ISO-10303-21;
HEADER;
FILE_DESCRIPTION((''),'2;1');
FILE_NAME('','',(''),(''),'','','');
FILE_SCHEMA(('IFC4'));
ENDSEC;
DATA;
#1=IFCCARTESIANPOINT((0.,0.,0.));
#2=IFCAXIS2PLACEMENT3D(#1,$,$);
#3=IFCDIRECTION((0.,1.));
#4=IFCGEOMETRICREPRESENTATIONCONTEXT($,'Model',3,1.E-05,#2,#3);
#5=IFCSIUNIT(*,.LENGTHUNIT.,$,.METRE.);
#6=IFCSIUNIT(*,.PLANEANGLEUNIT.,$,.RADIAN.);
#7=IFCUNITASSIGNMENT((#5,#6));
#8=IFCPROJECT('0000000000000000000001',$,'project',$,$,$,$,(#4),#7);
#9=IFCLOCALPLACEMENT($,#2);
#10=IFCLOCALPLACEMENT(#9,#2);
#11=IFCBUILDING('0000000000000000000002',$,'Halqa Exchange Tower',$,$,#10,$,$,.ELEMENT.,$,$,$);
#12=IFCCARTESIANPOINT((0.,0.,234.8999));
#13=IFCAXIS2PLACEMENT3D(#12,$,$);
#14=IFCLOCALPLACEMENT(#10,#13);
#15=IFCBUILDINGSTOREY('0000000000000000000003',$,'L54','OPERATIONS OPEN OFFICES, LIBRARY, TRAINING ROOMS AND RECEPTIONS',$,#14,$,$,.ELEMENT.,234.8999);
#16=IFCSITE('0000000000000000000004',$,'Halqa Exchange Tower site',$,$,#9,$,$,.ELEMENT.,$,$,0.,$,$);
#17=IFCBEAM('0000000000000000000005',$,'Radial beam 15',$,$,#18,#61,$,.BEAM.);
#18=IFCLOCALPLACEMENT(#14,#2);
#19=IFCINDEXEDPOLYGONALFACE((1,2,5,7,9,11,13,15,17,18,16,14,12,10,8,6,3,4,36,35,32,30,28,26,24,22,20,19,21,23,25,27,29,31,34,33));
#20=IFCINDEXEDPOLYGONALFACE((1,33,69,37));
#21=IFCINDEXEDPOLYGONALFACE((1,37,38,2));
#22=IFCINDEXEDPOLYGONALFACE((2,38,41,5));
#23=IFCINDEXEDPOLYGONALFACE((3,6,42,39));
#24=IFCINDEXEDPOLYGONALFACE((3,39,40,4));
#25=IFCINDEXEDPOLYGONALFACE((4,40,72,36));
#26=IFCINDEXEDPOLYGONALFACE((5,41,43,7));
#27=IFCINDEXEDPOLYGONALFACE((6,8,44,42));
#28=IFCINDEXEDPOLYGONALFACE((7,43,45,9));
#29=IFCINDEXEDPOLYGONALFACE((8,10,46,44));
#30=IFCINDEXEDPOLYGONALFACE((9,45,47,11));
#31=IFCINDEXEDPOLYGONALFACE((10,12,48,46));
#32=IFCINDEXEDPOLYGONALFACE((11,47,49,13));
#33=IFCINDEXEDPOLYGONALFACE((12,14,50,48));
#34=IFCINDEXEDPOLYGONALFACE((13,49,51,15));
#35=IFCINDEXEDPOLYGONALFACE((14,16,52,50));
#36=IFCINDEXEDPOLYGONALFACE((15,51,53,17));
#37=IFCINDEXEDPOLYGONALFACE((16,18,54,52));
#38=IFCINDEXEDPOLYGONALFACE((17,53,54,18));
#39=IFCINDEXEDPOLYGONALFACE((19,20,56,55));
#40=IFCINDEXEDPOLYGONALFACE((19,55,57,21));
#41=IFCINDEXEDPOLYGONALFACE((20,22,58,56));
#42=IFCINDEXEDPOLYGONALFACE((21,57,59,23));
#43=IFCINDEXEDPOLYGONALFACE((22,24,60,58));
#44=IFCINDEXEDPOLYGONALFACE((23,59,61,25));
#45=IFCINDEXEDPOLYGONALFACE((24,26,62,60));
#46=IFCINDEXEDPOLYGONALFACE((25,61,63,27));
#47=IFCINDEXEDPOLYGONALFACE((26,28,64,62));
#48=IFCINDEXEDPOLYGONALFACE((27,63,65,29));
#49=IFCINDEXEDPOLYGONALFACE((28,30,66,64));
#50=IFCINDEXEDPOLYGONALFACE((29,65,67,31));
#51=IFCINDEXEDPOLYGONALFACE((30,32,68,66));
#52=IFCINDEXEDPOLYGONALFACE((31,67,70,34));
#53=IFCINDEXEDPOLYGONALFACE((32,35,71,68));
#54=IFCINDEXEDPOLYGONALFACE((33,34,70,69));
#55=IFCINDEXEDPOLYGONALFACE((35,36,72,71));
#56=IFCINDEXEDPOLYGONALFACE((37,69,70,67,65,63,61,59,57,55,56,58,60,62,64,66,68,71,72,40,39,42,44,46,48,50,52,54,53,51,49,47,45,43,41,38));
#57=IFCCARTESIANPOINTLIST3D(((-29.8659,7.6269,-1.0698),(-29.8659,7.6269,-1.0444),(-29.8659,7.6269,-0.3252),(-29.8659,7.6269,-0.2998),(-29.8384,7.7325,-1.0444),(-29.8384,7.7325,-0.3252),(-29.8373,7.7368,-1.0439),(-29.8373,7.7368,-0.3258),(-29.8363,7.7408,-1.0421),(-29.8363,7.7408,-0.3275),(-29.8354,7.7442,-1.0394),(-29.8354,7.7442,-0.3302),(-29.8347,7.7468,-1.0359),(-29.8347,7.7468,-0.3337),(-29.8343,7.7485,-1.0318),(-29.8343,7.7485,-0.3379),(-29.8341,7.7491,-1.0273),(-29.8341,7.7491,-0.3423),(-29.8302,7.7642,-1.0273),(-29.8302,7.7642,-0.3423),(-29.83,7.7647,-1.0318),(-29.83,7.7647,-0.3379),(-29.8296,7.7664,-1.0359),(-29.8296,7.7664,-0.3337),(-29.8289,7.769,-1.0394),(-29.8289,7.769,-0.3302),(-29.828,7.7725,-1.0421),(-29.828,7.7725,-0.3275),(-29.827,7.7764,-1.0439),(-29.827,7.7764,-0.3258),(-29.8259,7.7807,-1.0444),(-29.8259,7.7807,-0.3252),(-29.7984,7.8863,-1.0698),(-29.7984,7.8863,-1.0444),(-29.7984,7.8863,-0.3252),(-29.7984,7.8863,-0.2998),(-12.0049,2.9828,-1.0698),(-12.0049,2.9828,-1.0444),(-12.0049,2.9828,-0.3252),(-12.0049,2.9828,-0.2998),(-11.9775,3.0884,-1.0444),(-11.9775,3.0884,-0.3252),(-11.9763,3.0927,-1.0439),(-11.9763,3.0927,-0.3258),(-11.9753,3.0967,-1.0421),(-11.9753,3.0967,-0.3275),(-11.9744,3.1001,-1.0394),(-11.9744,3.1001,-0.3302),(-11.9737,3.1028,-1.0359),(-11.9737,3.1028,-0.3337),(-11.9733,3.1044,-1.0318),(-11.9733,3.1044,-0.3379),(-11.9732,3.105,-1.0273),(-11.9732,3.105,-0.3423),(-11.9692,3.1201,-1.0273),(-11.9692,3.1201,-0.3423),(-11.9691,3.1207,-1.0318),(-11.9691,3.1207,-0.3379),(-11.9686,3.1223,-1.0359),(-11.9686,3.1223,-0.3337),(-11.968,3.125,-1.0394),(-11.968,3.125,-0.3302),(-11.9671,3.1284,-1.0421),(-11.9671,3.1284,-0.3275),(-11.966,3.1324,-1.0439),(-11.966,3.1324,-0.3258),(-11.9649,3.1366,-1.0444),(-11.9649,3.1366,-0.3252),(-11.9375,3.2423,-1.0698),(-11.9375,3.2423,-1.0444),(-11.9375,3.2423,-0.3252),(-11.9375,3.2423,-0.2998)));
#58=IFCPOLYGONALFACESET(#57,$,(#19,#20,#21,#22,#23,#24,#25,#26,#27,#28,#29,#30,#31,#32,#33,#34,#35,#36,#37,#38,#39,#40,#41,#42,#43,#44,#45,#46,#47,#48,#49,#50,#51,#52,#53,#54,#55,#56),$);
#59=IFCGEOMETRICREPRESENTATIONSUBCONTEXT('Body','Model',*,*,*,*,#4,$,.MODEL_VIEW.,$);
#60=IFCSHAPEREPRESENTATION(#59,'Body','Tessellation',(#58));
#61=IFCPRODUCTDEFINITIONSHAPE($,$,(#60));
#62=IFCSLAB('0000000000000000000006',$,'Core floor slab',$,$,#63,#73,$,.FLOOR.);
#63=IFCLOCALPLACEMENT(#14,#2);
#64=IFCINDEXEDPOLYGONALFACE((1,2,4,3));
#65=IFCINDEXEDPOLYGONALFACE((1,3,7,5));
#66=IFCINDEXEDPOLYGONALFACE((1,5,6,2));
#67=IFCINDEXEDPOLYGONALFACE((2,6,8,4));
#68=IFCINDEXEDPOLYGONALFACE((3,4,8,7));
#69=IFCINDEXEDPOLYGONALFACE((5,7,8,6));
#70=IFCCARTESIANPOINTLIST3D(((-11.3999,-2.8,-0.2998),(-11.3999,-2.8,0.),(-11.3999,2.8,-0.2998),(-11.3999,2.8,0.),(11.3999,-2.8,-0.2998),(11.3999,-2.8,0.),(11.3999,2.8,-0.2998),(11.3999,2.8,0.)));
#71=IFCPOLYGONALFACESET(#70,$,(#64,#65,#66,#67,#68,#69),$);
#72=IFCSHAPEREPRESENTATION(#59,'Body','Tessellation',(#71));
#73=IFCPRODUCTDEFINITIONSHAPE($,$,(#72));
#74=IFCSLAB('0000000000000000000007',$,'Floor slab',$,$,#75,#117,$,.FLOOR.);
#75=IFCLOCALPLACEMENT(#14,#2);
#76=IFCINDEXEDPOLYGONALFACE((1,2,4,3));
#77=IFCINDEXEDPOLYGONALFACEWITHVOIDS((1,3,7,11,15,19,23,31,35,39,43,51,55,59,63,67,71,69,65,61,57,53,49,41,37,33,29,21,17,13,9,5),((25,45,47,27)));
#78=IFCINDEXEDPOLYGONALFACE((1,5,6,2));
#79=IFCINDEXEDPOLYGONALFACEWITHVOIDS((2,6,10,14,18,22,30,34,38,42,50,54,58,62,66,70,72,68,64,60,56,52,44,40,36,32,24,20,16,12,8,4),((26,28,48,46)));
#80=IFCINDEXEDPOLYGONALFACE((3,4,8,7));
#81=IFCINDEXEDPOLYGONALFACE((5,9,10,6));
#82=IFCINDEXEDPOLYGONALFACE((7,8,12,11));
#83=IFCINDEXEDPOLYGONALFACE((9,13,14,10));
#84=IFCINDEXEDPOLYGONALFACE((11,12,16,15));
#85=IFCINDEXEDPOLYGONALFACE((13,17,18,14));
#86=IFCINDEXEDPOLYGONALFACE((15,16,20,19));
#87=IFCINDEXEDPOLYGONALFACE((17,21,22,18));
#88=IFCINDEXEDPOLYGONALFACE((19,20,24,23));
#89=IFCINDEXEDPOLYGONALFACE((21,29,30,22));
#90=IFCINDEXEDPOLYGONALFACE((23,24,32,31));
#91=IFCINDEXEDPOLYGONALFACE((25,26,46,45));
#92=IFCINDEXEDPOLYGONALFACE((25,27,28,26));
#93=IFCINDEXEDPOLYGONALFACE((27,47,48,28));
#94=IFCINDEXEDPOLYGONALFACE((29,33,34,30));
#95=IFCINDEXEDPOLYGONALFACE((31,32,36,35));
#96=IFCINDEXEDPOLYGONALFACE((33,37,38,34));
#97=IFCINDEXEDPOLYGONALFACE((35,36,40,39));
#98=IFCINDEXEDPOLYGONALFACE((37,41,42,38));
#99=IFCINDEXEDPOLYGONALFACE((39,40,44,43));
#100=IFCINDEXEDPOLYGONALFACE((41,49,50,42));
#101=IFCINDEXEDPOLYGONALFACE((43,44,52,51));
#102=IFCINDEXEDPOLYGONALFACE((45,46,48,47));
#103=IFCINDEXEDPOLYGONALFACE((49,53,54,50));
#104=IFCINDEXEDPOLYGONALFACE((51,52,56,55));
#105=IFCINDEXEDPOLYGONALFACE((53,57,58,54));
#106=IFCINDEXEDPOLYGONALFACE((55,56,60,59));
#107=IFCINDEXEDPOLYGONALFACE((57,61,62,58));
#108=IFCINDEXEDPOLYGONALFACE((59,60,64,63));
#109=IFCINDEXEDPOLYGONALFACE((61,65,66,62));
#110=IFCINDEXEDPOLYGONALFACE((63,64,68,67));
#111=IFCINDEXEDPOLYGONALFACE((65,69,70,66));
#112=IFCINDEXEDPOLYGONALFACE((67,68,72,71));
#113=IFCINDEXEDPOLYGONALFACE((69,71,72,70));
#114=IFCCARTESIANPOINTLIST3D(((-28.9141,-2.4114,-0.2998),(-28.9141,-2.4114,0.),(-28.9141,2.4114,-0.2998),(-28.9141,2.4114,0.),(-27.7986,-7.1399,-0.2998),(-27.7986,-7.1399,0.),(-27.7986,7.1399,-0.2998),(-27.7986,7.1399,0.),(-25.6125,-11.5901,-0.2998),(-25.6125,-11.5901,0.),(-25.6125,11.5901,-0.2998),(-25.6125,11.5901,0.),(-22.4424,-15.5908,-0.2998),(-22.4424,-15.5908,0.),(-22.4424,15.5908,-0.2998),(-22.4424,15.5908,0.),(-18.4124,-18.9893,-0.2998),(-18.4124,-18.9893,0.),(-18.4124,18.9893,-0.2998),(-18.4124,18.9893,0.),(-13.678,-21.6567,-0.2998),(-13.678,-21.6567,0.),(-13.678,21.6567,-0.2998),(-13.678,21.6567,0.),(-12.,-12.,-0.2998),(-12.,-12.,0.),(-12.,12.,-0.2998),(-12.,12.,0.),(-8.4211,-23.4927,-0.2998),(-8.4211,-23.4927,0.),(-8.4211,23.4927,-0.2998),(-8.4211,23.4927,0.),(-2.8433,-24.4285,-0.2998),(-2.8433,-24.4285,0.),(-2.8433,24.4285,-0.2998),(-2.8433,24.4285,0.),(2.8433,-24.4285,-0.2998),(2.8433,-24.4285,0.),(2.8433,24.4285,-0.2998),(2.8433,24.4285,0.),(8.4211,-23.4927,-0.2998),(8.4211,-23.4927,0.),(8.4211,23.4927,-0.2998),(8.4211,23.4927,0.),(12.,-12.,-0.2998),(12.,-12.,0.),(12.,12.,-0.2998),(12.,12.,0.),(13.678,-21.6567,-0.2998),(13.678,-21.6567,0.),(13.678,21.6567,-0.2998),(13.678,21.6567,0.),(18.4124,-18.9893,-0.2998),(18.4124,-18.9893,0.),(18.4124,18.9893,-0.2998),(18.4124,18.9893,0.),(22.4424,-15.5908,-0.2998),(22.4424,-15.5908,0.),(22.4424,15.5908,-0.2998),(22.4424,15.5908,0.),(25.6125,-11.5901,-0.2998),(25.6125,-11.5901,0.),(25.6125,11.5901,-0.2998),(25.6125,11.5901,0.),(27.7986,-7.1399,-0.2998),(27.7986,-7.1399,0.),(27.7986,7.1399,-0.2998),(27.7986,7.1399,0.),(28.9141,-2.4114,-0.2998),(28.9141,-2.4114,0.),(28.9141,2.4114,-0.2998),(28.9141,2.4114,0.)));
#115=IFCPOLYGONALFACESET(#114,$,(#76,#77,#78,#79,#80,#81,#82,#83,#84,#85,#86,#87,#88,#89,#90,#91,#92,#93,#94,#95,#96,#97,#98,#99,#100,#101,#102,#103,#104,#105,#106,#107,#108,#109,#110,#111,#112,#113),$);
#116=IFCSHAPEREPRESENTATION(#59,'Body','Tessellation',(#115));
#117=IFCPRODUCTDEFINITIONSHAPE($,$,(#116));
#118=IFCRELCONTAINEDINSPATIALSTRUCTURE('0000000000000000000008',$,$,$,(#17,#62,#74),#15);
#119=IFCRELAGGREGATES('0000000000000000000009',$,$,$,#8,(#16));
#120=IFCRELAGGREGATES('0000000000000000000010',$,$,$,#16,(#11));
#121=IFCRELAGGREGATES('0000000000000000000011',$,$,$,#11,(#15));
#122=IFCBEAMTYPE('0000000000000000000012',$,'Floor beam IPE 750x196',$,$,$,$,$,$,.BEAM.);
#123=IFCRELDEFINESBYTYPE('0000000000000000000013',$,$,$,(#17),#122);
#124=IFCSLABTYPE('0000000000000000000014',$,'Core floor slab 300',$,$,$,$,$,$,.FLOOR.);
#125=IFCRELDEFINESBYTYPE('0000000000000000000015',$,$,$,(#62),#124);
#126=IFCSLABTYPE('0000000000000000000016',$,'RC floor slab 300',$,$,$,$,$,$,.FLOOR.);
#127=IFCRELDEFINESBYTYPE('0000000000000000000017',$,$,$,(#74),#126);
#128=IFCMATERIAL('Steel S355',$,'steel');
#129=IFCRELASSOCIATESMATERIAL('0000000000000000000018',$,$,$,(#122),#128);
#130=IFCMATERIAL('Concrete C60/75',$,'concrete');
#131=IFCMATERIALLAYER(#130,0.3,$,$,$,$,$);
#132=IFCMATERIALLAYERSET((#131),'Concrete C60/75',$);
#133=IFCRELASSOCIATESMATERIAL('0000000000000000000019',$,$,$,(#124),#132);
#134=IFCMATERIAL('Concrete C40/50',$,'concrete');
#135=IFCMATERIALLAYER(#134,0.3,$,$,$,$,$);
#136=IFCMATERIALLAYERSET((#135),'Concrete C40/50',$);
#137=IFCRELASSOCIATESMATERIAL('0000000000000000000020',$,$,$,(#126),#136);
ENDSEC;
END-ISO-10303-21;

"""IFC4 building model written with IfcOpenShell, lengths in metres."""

from ifc_helpers import new_model, si_unit, direction, frame, origin, origin_2d, place, context, subcontext, project, spatial, polyline, i_section, outline, extrude, material, layer, layer_set, material_profile, profile_set, type_object, element, save


model = new_model("IFC4")

# Units and contexts
model_context = context("Model", 3, precision=1e-05, world=origin(), true_north=direction((0.0, 1.0)))
body_context = subcontext(model_context, "Body", "Model", "MODEL_VIEW")
ifc_project = project(units=[si_unit("LENGTHUNIT", "METRE"), si_unit("PLANEANGLEUNIT", "RADIAN")], contexts=[model_context])

# Site, building, storey
site_placement = place(None, origin())
site = spatial("IfcSite", under=ifc_project, at=site_placement, Name="Halqa Exchange Tower site", CompositionType="ELEMENT", RefElevation=0.0)
building_placement = place(site_placement, origin())
building = spatial("IfcBuilding", under=site, at=building_placement, Name="Halqa Exchange Tower", CompositionType="ELEMENT")
storey_placement = place(building_placement, frame((0.0, 0.0, 234.8999)))
storey = spatial("IfcBuildingStorey", under=building, at=storey_placement, Name="L54", Description="OPERATIONS OPEN OFFICES, LIBRARY, TRAINING ROOMS AND RECEPTIONS", CompositionType="ELEMENT", Elevation=234.8999)

# Beam
ifc_material_1 = material(Name="Steel S355", Category="steel")
ifc_material_profile = material_profile(ifc_material_1, i_section(OverallWidth=0.2681, OverallDepth=0.77, WebThickness=0.0156, FlangeThickness=0.0254, FilletRadius=0.0171, at=origin_2d()), Name="IPE 750x196")
ifc_profile_set = profile_set([ifc_material_profile], Name="Steel S355")
beam_type = type_object("IfcBeamType", Name="Floor beam IPE 750x196", PredefinedType="BEAM", material=ifc_profile_set)
beam_placement = place(storey_placement, frame((-11.9712, 3.1125, -0.6848), z_axis=(-0.96782, 0.251645, 0.0), x_axis=(-0.251645, -0.96782, 0.0)))
element("IfcBeam", 1, at=beam_placement, inside=storey, type_object=beam_type, Name="Radial beam 15", PredefinedType="BEAM", context=body_context, shape_type="SweptSolid", body=[
    extrude(i_section(OverallWidth=0.2681, OverallDepth=0.77, WebThickness=0.0156, FlangeThickness=0.0254, FilletRadius=0.0171, at=origin_2d()), origin(), (0.0, 0.0, 1.0), 18.4548),
])

# Slabs
ifc_material_2 = material(Name="Concrete C60/75", Category="concrete")
ifc_layer_1 = layer(ifc_material_2, 0.3)
ifc_layer_set_1 = layer_set([ifc_layer_1], Name="Concrete C60/75")
slab_type_1 = type_object("IfcSlabType", Name="Core floor slab 300", PredefinedType="FLOOR", material=ifc_layer_set_1)
slab_1_placement = place(storey_placement, frame((0.0, 0.0, -0.2998)))
element("IfcSlab", 2, at=slab_1_placement, inside=storey, type_object=slab_type_1, Name="Core floor slab", PredefinedType="FLOOR", context=body_context, shape_type="SweptSolid", body=[
    extrude(outline(polyline([(-11.3999, 2.8), (11.3999, 2.8), (11.3999, -2.8), (-11.3999, -2.8), (-11.3999, 2.8)])), origin(), (0.0, 0.0, 1.0), 0.2998),
])
ifc_material_3 = material(Name="Concrete C40/50", Category="concrete")
ifc_layer_2 = layer(ifc_material_3, 0.3)
ifc_layer_set_2 = layer_set([ifc_layer_2], Name="Concrete C40/50")
slab_type_2 = type_object("IfcSlabType", Name="RC floor slab 300", PredefinedType="FLOOR", material=ifc_layer_set_2)
slab_2_placement = place(storey_placement, frame((0.0, 0.0, -0.2998)))
element("IfcSlab", 3, at=slab_2_placement, inside=storey, type_object=slab_type_2, Name="Floor slab", PredefinedType="FLOOR", context=body_context, shape_type="SweptSolid", body=[
    extrude(outline(polyline([(28.9141, 2.4114), (27.7986, 7.1399), (25.6125, 11.5901), (22.4424, 15.5908), (18.4124, 18.9893), (13.678, 21.6567), (8.4211, 23.4927), (2.8433, 24.4285), (-2.8433, 24.4285), (-8.4211, 23.4927), (-13.678, 21.6567), (-18.4124, 18.9893), (-22.4424, 15.5908), (-25.6125, 11.5901), (-27.7986, 7.1399), (-28.9141, 2.4114), (-28.9141, -2.4114), (-27.7986, -7.1399), (-25.6125, -11.5901), (-22.4424, -15.5908), (-18.4124, -18.9893), (-13.678, -21.6567), (-8.4211, -23.4927), (-2.8433, -24.4285), (2.8433, -24.4285), (8.4211, -23.4927), (13.678, -21.6567), (18.4124, -18.9893), (22.4424, -15.5908), (25.6125, -11.5901), (27.7986, -7.1399), (28.9141, -2.4114), (28.9141, 2.4114)]), holes=[polyline([(-12.0, -12.0), (12.0, -12.0), (12.0, 12.0), (-12.0, 12.0), (-12.0, -12.0)])]), origin(), (0.0, 0.0, 1.0), 0.2998),
])

save(model, "model.ifc")
